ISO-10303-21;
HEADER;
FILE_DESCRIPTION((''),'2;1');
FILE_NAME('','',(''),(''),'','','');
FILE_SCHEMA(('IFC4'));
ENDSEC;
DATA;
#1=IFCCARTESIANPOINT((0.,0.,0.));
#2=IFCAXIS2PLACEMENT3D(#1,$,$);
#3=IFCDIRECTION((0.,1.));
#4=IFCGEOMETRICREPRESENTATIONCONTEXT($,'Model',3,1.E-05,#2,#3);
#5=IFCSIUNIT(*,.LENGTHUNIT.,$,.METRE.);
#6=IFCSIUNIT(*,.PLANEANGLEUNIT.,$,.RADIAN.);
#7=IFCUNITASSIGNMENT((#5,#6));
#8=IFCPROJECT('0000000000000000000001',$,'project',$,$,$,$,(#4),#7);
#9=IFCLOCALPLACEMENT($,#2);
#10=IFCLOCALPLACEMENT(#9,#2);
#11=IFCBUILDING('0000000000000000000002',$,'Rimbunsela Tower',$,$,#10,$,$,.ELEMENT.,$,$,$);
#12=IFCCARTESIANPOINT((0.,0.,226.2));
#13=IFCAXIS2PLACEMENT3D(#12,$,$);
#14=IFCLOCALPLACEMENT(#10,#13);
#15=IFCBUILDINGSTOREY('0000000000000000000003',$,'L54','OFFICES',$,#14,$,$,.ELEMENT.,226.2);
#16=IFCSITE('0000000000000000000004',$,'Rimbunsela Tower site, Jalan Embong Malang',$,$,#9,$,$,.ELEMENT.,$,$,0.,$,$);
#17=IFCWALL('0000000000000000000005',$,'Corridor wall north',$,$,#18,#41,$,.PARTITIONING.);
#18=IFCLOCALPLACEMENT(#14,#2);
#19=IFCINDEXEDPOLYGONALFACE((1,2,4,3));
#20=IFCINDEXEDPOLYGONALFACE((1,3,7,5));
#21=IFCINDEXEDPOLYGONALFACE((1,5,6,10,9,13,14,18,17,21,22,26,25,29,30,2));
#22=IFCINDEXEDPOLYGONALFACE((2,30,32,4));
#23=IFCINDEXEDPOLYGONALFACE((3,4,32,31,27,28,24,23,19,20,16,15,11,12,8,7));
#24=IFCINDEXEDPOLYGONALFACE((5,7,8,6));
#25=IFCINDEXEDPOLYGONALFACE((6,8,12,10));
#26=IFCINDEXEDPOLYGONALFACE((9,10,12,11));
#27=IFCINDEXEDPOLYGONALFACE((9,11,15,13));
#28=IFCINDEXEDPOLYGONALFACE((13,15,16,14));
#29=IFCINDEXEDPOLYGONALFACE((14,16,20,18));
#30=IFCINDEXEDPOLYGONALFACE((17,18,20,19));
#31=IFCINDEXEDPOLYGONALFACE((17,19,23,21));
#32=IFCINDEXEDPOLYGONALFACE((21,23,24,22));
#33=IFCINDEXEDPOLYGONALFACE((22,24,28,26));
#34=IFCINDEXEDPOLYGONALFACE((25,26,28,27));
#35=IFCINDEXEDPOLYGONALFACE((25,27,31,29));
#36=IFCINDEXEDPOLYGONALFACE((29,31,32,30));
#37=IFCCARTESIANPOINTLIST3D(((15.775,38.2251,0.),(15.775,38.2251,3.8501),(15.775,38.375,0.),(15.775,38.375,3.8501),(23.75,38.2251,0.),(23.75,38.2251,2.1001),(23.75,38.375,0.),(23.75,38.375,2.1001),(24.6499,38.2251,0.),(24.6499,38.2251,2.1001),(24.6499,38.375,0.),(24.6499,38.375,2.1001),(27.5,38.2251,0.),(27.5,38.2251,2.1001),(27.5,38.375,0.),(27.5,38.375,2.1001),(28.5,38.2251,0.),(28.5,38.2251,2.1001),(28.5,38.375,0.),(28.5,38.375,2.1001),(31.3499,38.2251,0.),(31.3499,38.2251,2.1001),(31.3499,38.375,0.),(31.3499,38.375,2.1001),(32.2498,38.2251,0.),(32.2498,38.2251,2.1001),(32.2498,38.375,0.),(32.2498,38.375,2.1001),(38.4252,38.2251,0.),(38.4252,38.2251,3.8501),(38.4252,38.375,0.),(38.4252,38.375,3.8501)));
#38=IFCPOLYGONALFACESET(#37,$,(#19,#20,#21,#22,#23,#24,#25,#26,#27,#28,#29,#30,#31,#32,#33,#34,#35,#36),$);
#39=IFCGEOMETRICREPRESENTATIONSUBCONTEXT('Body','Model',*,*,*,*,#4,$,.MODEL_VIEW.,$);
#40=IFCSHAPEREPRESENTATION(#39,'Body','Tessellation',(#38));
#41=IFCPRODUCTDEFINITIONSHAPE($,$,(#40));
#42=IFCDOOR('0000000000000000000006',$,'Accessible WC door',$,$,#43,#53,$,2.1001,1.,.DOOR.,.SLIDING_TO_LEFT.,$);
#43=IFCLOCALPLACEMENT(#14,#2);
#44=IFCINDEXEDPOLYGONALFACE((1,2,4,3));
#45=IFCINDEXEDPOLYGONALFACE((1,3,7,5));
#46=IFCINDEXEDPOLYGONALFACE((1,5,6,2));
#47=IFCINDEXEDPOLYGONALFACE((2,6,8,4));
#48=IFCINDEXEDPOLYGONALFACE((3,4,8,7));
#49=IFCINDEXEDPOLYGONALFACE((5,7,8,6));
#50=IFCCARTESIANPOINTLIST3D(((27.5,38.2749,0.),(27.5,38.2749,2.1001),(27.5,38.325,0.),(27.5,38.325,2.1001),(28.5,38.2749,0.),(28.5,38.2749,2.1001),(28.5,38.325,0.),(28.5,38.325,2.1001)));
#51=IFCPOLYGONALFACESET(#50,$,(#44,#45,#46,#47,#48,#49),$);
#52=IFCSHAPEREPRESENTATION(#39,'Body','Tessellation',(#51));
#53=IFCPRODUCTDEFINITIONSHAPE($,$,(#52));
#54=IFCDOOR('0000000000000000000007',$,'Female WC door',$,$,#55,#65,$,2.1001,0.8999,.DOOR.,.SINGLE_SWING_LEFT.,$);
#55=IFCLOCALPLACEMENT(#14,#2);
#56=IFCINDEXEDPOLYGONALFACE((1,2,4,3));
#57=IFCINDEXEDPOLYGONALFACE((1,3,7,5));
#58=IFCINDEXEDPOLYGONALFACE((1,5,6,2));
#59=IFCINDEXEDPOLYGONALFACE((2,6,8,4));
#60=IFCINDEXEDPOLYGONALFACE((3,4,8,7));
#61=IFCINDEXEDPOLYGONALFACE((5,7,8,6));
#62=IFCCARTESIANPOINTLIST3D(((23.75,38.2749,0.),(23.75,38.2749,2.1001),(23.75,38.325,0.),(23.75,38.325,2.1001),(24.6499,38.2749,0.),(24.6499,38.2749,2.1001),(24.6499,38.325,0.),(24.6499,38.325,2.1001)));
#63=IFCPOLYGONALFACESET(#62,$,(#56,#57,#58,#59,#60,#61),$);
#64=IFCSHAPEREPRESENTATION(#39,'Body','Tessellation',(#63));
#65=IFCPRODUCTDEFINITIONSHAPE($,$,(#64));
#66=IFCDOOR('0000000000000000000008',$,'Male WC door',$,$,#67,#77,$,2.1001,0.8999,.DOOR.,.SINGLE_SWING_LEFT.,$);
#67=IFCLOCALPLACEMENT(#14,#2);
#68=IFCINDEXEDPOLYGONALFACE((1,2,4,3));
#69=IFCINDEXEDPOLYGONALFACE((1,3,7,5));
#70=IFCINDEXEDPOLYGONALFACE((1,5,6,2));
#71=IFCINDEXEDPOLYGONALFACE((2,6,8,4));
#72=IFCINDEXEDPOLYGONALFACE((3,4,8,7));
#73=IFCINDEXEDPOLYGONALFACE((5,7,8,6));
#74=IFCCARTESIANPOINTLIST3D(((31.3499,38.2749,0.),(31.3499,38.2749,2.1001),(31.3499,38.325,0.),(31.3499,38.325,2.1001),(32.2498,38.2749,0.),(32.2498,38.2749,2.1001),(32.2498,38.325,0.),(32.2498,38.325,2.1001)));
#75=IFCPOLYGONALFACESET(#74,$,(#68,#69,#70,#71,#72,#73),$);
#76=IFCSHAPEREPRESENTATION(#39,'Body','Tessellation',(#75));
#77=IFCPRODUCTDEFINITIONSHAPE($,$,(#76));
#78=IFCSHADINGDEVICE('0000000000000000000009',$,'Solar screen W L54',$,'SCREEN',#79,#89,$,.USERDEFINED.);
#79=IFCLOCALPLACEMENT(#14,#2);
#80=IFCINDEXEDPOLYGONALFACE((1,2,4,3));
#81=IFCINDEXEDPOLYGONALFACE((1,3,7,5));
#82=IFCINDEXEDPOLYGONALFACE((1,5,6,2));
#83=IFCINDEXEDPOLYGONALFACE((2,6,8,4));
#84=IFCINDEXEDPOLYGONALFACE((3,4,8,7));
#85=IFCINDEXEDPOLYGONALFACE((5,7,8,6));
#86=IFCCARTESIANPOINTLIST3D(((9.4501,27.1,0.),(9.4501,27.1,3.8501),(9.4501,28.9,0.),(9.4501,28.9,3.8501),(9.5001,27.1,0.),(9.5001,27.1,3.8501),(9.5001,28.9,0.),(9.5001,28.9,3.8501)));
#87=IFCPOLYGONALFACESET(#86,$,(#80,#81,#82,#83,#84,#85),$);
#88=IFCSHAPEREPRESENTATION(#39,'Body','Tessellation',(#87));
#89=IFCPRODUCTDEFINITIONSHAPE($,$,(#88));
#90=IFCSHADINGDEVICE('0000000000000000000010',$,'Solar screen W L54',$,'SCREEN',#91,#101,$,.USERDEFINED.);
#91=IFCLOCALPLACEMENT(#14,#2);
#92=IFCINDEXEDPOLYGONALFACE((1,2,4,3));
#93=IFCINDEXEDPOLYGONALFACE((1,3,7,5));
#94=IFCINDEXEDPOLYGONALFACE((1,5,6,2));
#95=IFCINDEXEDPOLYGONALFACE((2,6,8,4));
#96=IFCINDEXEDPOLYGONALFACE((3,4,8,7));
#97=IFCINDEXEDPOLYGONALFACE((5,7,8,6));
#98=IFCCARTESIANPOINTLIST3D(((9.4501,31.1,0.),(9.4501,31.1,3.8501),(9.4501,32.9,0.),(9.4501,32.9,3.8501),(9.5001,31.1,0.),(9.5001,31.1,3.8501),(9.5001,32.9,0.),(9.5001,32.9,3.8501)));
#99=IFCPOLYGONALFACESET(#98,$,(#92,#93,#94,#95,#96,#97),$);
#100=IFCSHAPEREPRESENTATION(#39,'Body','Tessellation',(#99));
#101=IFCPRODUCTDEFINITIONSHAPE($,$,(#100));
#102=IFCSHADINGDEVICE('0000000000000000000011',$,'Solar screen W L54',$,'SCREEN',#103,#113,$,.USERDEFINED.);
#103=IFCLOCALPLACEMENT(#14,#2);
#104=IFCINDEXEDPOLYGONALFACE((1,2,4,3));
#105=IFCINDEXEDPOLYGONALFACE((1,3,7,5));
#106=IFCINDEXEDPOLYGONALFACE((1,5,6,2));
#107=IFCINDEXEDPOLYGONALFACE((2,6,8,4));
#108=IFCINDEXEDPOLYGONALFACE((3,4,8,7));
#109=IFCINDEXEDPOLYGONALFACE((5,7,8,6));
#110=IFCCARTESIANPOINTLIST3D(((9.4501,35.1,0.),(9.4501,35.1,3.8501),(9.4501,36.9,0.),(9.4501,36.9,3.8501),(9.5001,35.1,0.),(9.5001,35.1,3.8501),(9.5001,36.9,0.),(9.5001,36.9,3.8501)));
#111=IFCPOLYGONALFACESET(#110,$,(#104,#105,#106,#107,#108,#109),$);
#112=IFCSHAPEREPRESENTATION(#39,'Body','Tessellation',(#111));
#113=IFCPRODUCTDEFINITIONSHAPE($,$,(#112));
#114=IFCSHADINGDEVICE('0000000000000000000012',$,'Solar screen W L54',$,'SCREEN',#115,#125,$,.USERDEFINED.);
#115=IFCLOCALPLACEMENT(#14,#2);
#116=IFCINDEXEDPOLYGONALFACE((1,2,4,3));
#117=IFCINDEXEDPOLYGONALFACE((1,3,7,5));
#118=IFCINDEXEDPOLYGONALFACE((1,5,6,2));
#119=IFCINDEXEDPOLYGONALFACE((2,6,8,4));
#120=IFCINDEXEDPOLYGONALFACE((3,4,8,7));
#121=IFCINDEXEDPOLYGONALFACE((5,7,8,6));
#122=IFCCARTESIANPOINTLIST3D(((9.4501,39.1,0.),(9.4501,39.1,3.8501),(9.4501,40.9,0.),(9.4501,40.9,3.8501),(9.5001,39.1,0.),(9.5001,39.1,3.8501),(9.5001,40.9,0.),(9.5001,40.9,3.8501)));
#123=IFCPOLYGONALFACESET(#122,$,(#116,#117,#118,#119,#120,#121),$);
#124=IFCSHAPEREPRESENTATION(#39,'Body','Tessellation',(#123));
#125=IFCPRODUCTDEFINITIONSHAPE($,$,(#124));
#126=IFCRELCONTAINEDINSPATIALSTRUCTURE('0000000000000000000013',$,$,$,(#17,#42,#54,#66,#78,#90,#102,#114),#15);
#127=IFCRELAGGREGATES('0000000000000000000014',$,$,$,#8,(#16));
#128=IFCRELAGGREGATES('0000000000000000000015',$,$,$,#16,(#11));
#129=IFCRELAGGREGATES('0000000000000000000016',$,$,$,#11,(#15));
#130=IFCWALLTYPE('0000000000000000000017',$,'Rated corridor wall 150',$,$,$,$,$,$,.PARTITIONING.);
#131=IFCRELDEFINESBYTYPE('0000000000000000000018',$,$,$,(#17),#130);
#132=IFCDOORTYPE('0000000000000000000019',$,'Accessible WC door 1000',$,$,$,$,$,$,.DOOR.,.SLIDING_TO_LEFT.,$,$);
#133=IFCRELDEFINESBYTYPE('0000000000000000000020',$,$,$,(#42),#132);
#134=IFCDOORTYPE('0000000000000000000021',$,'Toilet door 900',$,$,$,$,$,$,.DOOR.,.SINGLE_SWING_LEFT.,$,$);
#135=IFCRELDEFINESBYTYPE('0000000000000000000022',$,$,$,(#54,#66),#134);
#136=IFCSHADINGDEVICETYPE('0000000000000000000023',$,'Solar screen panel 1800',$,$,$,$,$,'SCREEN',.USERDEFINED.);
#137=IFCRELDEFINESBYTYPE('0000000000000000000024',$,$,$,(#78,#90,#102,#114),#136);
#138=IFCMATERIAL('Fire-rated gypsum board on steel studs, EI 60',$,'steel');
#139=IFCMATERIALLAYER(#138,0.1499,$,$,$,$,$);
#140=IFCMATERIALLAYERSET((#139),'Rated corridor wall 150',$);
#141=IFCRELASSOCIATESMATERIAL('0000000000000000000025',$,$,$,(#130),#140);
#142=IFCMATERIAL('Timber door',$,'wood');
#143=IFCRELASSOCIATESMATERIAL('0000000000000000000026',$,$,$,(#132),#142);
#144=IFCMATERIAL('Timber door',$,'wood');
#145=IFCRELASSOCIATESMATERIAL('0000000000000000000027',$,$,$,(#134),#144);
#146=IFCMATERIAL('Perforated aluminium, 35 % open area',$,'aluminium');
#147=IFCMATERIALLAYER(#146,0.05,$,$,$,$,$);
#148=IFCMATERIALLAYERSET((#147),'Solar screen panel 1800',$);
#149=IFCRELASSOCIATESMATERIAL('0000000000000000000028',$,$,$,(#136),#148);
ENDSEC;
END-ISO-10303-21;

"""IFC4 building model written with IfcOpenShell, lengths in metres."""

from ifc_helpers import new_model, si_unit, direction, frame, frame_2d, origin, origin_2d, place, context, subcontext, project, spatial, rectangle, extrude, material, layer, layer_set, type_object, element, fill, save


model = new_model("IFC4")

# Units and contexts
model_context = context("Model", 3, precision=1e-05, world=origin(), true_north=direction((0.0, 1.0)))
body_context = subcontext(model_context, "Body", "Model", "MODEL_VIEW")
ifc_project = project(units=[si_unit("LENGTHUNIT", "METRE"), si_unit("PLANEANGLEUNIT", "RADIAN")], contexts=[model_context])

# Site, building, storey
site_placement = place(None, origin())
site = spatial("IfcSite", under=ifc_project, at=site_placement, Name="Rimbunsela Tower site, Jalan Embong Malang", CompositionType="ELEMENT", RefElevation=0.0)
building_placement = place(site_placement, origin())
building = spatial("IfcBuilding", under=site, at=building_placement, Name="Rimbunsela Tower", CompositionType="ELEMENT")
storey_placement = place(building_placement, frame((0.0, 0.0, 226.2)))
storey = spatial("IfcBuildingStorey", under=building, at=storey_placement, Name="L54", Description="OFFICES", CompositionType="ELEMENT", Elevation=226.2)

# Wall, openings, doors
ifc_material_1 = material(Name="Fire-rated gypsum board on steel studs, EI 60", Category="steel")
ifc_layer_1 = layer(ifc_material_1, 0.1499)
ifc_layer_set_1 = layer_set([ifc_layer_1], Name="Rated corridor wall 150")
wall_type_1 = type_object("IfcWallType", Name="Rated corridor wall 150", PredefinedType="PARTITIONING", material=ifc_layer_set_1)
wall_1_placement = place(storey_placement, frame((15.7749, 38.3, 0.0), z_axis=(0.0, 0.0, 1.0), x_axis=(1.0, 0.0, 0.0)))
wall_1 = element("IfcWall", 1, at=wall_1_placement, inside=storey, type_object=wall_type_1, Name="Corridor wall north", PredefinedType="PARTITIONING", context=body_context, shape_type="SweptSolid", body=[
    extrude(rectangle(XDim=22.6501, YDim=0.1499, at=frame_2d((11.3252, 0.0))), origin(), (0.0, 0.0, 1.0), 3.8501),
])
opening_1_placement = place(wall_1_placement, frame((7.9751, 0.0, 0.0)))
opening_1 = element("IfcOpeningElement", 2, at=opening_1_placement, cuts=wall_1, PredefinedType="OPENING", context=body_context, shape_type="SweptSolid", body=[
    extrude(rectangle(XDim=0.8999, YDim=2.1001, at=frame_2d((0.45, 1.05))), frame((0.0, 0.085, 0.0), z_axis=(0.0, -1.0, 0.0), x_axis=(1.0, 0.0, 0.0)), (0.0, 0.0, 1.0), 0.1699),
])
opening_2_placement = place(wall_1_placement, frame((11.7251, 0.0, 0.0)))
opening_2 = element("IfcOpeningElement", 3, at=opening_2_placement, cuts=wall_1, PredefinedType="OPENING", context=body_context, shape_type="SweptSolid", body=[
    extrude(rectangle(XDim=1.0, YDim=2.1001, at=frame_2d((0.5, 1.05))), frame((0.0, 0.085, 0.0), z_axis=(0.0, -1.0, 0.0), x_axis=(1.0, 0.0, 0.0)), (0.0, 0.0, 1.0), 0.1699),
])
opening_3_placement = place(wall_1_placement, frame((15.575, 0.0, 0.0)))
opening_3 = element("IfcOpeningElement", 4, at=opening_3_placement, cuts=wall_1, PredefinedType="OPENING", context=body_context, shape_type="SweptSolid", body=[
    extrude(rectangle(XDim=0.8999, YDim=2.1001, at=frame_2d((0.45, 1.05))), frame((0.0, 0.085, 0.0), z_axis=(0.0, -1.0, 0.0), x_axis=(1.0, 0.0, 0.0)), (0.0, 0.0, 1.0), 0.1699),
])
ifc_material_2 = material(Name="Timber door", Category="wood")
door_type_1 = type_object("IfcDoorType", Name="Accessible WC door 1000", OperationType="SLIDING_TO_LEFT", PredefinedType="DOOR", material=ifc_material_2)
door_1_placement = place(opening_2_placement, origin())
door_1 = element("IfcDoor", 5, at=door_1_placement, inside=storey, type_object=door_type_1, Name="Accessible WC door", OperationType="SLIDING_TO_LEFT", OverallHeight=2.1001, OverallWidth=1.0, PredefinedType="DOOR", context=body_context, shape_type="SweptSolid", body=[
    extrude(rectangle(XDim=1.0, YDim=2.1001, at=frame_2d((0.5, 1.05))), frame((0.0, 0.0249, 0.0), z_axis=(0.0, -1.0, 0.0), x_axis=(1.0, 0.0, 0.0)), (0.0, 0.0, 1.0), 0.05),
])
fill(opening_2, door_1)
ifc_material_3 = material(Name="Timber door", Category="wood")
door_type_2 = type_object("IfcDoorType", Name="Toilet door 900", OperationType="SINGLE_SWING_LEFT", PredefinedType="DOOR", material=ifc_material_3)
door_2_placement = place(opening_1_placement, origin())
door_2 = element("IfcDoor", 6, at=door_2_placement, inside=storey, type_object=door_type_2, Name="Female WC door", OperationType="SINGLE_SWING_LEFT", OverallHeight=2.1001, OverallWidth=0.8999, PredefinedType="DOOR", context=body_context, shape_type="SweptSolid", body=[
    extrude(rectangle(XDim=0.8999, YDim=2.1001, at=frame_2d((0.45, 1.05))), frame((0.0, 0.0249, 0.0), z_axis=(0.0, -1.0, 0.0), x_axis=(1.0, 0.0, 0.0)), (0.0, 0.0, 1.0), 0.05),
])
fill(opening_1, door_2)
door_3_placement = place(opening_3_placement, origin())
door_3 = element("IfcDoor", 7, at=door_3_placement, inside=storey, type_object=door_type_2, Name="Male WC door", OperationType="SINGLE_SWING_LEFT", OverallHeight=2.1001, OverallWidth=0.8999, PredefinedType="DOOR", context=body_context, shape_type="SweptSolid", body=[
    extrude(rectangle(XDim=0.8999, YDim=2.1001, at=frame_2d((0.45, 1.05))), frame((0.0, 0.0249, 0.0), z_axis=(0.0, -1.0, 0.0), x_axis=(1.0, 0.0, 0.0)), (0.0, 0.0, 1.0), 0.05),
])
fill(opening_3, door_3)

# Shading devices
ifc_material_4 = material(Name="Perforated aluminium, 35 % open area", Category="aluminium")
ifc_layer_2 = layer(ifc_material_4, 0.05)
ifc_layer_set_2 = layer_set([ifc_layer_2], Name="Solar screen panel 1800")
shading_device_type = type_object("IfcShadingDeviceType", Name="Solar screen panel 1800", ElementType="SCREEN", PredefinedType="USERDEFINED", material=ifc_layer_set_2)
for number, where, z_axis, x_axis, name in (
    (8, (9.4751, 28.0, 0.0), (0.0, 0.0, 1.0), (0.0, 1.0, 0.0), "Solar screen W L54"),
    (9, (9.4751, 32.0, 0.0), (0.0, 0.0, 1.0), (0.0, 1.0, 0.0), "Solar screen W L54"),
    (10, (9.4751, 36.0, 0.0), (0.0, 0.0, 1.0), (0.0, 1.0, 0.0), "Solar screen W L54"),
    (11, (9.4751, 40.0, 0.0), (0.0, 0.0, 1.0), (0.0, 1.0, 0.0), "Solar screen W L54"),
):
    element("IfcShadingDevice", number, at=place(storey_placement, frame(where, z_axis=z_axis, x_axis=x_axis)), inside=storey, type_object=shading_device_type, Name=name, ObjectType="SCREEN", PredefinedType="USERDEFINED", context=body_context, shape_type="SweptSolid", body=[
        extrude(rectangle(XDim=1.8, YDim=0.05, at=origin_2d()), origin(), (0.0, 0.0, 1.0), 3.8501),
    ])

save(model, "model.ifc")
